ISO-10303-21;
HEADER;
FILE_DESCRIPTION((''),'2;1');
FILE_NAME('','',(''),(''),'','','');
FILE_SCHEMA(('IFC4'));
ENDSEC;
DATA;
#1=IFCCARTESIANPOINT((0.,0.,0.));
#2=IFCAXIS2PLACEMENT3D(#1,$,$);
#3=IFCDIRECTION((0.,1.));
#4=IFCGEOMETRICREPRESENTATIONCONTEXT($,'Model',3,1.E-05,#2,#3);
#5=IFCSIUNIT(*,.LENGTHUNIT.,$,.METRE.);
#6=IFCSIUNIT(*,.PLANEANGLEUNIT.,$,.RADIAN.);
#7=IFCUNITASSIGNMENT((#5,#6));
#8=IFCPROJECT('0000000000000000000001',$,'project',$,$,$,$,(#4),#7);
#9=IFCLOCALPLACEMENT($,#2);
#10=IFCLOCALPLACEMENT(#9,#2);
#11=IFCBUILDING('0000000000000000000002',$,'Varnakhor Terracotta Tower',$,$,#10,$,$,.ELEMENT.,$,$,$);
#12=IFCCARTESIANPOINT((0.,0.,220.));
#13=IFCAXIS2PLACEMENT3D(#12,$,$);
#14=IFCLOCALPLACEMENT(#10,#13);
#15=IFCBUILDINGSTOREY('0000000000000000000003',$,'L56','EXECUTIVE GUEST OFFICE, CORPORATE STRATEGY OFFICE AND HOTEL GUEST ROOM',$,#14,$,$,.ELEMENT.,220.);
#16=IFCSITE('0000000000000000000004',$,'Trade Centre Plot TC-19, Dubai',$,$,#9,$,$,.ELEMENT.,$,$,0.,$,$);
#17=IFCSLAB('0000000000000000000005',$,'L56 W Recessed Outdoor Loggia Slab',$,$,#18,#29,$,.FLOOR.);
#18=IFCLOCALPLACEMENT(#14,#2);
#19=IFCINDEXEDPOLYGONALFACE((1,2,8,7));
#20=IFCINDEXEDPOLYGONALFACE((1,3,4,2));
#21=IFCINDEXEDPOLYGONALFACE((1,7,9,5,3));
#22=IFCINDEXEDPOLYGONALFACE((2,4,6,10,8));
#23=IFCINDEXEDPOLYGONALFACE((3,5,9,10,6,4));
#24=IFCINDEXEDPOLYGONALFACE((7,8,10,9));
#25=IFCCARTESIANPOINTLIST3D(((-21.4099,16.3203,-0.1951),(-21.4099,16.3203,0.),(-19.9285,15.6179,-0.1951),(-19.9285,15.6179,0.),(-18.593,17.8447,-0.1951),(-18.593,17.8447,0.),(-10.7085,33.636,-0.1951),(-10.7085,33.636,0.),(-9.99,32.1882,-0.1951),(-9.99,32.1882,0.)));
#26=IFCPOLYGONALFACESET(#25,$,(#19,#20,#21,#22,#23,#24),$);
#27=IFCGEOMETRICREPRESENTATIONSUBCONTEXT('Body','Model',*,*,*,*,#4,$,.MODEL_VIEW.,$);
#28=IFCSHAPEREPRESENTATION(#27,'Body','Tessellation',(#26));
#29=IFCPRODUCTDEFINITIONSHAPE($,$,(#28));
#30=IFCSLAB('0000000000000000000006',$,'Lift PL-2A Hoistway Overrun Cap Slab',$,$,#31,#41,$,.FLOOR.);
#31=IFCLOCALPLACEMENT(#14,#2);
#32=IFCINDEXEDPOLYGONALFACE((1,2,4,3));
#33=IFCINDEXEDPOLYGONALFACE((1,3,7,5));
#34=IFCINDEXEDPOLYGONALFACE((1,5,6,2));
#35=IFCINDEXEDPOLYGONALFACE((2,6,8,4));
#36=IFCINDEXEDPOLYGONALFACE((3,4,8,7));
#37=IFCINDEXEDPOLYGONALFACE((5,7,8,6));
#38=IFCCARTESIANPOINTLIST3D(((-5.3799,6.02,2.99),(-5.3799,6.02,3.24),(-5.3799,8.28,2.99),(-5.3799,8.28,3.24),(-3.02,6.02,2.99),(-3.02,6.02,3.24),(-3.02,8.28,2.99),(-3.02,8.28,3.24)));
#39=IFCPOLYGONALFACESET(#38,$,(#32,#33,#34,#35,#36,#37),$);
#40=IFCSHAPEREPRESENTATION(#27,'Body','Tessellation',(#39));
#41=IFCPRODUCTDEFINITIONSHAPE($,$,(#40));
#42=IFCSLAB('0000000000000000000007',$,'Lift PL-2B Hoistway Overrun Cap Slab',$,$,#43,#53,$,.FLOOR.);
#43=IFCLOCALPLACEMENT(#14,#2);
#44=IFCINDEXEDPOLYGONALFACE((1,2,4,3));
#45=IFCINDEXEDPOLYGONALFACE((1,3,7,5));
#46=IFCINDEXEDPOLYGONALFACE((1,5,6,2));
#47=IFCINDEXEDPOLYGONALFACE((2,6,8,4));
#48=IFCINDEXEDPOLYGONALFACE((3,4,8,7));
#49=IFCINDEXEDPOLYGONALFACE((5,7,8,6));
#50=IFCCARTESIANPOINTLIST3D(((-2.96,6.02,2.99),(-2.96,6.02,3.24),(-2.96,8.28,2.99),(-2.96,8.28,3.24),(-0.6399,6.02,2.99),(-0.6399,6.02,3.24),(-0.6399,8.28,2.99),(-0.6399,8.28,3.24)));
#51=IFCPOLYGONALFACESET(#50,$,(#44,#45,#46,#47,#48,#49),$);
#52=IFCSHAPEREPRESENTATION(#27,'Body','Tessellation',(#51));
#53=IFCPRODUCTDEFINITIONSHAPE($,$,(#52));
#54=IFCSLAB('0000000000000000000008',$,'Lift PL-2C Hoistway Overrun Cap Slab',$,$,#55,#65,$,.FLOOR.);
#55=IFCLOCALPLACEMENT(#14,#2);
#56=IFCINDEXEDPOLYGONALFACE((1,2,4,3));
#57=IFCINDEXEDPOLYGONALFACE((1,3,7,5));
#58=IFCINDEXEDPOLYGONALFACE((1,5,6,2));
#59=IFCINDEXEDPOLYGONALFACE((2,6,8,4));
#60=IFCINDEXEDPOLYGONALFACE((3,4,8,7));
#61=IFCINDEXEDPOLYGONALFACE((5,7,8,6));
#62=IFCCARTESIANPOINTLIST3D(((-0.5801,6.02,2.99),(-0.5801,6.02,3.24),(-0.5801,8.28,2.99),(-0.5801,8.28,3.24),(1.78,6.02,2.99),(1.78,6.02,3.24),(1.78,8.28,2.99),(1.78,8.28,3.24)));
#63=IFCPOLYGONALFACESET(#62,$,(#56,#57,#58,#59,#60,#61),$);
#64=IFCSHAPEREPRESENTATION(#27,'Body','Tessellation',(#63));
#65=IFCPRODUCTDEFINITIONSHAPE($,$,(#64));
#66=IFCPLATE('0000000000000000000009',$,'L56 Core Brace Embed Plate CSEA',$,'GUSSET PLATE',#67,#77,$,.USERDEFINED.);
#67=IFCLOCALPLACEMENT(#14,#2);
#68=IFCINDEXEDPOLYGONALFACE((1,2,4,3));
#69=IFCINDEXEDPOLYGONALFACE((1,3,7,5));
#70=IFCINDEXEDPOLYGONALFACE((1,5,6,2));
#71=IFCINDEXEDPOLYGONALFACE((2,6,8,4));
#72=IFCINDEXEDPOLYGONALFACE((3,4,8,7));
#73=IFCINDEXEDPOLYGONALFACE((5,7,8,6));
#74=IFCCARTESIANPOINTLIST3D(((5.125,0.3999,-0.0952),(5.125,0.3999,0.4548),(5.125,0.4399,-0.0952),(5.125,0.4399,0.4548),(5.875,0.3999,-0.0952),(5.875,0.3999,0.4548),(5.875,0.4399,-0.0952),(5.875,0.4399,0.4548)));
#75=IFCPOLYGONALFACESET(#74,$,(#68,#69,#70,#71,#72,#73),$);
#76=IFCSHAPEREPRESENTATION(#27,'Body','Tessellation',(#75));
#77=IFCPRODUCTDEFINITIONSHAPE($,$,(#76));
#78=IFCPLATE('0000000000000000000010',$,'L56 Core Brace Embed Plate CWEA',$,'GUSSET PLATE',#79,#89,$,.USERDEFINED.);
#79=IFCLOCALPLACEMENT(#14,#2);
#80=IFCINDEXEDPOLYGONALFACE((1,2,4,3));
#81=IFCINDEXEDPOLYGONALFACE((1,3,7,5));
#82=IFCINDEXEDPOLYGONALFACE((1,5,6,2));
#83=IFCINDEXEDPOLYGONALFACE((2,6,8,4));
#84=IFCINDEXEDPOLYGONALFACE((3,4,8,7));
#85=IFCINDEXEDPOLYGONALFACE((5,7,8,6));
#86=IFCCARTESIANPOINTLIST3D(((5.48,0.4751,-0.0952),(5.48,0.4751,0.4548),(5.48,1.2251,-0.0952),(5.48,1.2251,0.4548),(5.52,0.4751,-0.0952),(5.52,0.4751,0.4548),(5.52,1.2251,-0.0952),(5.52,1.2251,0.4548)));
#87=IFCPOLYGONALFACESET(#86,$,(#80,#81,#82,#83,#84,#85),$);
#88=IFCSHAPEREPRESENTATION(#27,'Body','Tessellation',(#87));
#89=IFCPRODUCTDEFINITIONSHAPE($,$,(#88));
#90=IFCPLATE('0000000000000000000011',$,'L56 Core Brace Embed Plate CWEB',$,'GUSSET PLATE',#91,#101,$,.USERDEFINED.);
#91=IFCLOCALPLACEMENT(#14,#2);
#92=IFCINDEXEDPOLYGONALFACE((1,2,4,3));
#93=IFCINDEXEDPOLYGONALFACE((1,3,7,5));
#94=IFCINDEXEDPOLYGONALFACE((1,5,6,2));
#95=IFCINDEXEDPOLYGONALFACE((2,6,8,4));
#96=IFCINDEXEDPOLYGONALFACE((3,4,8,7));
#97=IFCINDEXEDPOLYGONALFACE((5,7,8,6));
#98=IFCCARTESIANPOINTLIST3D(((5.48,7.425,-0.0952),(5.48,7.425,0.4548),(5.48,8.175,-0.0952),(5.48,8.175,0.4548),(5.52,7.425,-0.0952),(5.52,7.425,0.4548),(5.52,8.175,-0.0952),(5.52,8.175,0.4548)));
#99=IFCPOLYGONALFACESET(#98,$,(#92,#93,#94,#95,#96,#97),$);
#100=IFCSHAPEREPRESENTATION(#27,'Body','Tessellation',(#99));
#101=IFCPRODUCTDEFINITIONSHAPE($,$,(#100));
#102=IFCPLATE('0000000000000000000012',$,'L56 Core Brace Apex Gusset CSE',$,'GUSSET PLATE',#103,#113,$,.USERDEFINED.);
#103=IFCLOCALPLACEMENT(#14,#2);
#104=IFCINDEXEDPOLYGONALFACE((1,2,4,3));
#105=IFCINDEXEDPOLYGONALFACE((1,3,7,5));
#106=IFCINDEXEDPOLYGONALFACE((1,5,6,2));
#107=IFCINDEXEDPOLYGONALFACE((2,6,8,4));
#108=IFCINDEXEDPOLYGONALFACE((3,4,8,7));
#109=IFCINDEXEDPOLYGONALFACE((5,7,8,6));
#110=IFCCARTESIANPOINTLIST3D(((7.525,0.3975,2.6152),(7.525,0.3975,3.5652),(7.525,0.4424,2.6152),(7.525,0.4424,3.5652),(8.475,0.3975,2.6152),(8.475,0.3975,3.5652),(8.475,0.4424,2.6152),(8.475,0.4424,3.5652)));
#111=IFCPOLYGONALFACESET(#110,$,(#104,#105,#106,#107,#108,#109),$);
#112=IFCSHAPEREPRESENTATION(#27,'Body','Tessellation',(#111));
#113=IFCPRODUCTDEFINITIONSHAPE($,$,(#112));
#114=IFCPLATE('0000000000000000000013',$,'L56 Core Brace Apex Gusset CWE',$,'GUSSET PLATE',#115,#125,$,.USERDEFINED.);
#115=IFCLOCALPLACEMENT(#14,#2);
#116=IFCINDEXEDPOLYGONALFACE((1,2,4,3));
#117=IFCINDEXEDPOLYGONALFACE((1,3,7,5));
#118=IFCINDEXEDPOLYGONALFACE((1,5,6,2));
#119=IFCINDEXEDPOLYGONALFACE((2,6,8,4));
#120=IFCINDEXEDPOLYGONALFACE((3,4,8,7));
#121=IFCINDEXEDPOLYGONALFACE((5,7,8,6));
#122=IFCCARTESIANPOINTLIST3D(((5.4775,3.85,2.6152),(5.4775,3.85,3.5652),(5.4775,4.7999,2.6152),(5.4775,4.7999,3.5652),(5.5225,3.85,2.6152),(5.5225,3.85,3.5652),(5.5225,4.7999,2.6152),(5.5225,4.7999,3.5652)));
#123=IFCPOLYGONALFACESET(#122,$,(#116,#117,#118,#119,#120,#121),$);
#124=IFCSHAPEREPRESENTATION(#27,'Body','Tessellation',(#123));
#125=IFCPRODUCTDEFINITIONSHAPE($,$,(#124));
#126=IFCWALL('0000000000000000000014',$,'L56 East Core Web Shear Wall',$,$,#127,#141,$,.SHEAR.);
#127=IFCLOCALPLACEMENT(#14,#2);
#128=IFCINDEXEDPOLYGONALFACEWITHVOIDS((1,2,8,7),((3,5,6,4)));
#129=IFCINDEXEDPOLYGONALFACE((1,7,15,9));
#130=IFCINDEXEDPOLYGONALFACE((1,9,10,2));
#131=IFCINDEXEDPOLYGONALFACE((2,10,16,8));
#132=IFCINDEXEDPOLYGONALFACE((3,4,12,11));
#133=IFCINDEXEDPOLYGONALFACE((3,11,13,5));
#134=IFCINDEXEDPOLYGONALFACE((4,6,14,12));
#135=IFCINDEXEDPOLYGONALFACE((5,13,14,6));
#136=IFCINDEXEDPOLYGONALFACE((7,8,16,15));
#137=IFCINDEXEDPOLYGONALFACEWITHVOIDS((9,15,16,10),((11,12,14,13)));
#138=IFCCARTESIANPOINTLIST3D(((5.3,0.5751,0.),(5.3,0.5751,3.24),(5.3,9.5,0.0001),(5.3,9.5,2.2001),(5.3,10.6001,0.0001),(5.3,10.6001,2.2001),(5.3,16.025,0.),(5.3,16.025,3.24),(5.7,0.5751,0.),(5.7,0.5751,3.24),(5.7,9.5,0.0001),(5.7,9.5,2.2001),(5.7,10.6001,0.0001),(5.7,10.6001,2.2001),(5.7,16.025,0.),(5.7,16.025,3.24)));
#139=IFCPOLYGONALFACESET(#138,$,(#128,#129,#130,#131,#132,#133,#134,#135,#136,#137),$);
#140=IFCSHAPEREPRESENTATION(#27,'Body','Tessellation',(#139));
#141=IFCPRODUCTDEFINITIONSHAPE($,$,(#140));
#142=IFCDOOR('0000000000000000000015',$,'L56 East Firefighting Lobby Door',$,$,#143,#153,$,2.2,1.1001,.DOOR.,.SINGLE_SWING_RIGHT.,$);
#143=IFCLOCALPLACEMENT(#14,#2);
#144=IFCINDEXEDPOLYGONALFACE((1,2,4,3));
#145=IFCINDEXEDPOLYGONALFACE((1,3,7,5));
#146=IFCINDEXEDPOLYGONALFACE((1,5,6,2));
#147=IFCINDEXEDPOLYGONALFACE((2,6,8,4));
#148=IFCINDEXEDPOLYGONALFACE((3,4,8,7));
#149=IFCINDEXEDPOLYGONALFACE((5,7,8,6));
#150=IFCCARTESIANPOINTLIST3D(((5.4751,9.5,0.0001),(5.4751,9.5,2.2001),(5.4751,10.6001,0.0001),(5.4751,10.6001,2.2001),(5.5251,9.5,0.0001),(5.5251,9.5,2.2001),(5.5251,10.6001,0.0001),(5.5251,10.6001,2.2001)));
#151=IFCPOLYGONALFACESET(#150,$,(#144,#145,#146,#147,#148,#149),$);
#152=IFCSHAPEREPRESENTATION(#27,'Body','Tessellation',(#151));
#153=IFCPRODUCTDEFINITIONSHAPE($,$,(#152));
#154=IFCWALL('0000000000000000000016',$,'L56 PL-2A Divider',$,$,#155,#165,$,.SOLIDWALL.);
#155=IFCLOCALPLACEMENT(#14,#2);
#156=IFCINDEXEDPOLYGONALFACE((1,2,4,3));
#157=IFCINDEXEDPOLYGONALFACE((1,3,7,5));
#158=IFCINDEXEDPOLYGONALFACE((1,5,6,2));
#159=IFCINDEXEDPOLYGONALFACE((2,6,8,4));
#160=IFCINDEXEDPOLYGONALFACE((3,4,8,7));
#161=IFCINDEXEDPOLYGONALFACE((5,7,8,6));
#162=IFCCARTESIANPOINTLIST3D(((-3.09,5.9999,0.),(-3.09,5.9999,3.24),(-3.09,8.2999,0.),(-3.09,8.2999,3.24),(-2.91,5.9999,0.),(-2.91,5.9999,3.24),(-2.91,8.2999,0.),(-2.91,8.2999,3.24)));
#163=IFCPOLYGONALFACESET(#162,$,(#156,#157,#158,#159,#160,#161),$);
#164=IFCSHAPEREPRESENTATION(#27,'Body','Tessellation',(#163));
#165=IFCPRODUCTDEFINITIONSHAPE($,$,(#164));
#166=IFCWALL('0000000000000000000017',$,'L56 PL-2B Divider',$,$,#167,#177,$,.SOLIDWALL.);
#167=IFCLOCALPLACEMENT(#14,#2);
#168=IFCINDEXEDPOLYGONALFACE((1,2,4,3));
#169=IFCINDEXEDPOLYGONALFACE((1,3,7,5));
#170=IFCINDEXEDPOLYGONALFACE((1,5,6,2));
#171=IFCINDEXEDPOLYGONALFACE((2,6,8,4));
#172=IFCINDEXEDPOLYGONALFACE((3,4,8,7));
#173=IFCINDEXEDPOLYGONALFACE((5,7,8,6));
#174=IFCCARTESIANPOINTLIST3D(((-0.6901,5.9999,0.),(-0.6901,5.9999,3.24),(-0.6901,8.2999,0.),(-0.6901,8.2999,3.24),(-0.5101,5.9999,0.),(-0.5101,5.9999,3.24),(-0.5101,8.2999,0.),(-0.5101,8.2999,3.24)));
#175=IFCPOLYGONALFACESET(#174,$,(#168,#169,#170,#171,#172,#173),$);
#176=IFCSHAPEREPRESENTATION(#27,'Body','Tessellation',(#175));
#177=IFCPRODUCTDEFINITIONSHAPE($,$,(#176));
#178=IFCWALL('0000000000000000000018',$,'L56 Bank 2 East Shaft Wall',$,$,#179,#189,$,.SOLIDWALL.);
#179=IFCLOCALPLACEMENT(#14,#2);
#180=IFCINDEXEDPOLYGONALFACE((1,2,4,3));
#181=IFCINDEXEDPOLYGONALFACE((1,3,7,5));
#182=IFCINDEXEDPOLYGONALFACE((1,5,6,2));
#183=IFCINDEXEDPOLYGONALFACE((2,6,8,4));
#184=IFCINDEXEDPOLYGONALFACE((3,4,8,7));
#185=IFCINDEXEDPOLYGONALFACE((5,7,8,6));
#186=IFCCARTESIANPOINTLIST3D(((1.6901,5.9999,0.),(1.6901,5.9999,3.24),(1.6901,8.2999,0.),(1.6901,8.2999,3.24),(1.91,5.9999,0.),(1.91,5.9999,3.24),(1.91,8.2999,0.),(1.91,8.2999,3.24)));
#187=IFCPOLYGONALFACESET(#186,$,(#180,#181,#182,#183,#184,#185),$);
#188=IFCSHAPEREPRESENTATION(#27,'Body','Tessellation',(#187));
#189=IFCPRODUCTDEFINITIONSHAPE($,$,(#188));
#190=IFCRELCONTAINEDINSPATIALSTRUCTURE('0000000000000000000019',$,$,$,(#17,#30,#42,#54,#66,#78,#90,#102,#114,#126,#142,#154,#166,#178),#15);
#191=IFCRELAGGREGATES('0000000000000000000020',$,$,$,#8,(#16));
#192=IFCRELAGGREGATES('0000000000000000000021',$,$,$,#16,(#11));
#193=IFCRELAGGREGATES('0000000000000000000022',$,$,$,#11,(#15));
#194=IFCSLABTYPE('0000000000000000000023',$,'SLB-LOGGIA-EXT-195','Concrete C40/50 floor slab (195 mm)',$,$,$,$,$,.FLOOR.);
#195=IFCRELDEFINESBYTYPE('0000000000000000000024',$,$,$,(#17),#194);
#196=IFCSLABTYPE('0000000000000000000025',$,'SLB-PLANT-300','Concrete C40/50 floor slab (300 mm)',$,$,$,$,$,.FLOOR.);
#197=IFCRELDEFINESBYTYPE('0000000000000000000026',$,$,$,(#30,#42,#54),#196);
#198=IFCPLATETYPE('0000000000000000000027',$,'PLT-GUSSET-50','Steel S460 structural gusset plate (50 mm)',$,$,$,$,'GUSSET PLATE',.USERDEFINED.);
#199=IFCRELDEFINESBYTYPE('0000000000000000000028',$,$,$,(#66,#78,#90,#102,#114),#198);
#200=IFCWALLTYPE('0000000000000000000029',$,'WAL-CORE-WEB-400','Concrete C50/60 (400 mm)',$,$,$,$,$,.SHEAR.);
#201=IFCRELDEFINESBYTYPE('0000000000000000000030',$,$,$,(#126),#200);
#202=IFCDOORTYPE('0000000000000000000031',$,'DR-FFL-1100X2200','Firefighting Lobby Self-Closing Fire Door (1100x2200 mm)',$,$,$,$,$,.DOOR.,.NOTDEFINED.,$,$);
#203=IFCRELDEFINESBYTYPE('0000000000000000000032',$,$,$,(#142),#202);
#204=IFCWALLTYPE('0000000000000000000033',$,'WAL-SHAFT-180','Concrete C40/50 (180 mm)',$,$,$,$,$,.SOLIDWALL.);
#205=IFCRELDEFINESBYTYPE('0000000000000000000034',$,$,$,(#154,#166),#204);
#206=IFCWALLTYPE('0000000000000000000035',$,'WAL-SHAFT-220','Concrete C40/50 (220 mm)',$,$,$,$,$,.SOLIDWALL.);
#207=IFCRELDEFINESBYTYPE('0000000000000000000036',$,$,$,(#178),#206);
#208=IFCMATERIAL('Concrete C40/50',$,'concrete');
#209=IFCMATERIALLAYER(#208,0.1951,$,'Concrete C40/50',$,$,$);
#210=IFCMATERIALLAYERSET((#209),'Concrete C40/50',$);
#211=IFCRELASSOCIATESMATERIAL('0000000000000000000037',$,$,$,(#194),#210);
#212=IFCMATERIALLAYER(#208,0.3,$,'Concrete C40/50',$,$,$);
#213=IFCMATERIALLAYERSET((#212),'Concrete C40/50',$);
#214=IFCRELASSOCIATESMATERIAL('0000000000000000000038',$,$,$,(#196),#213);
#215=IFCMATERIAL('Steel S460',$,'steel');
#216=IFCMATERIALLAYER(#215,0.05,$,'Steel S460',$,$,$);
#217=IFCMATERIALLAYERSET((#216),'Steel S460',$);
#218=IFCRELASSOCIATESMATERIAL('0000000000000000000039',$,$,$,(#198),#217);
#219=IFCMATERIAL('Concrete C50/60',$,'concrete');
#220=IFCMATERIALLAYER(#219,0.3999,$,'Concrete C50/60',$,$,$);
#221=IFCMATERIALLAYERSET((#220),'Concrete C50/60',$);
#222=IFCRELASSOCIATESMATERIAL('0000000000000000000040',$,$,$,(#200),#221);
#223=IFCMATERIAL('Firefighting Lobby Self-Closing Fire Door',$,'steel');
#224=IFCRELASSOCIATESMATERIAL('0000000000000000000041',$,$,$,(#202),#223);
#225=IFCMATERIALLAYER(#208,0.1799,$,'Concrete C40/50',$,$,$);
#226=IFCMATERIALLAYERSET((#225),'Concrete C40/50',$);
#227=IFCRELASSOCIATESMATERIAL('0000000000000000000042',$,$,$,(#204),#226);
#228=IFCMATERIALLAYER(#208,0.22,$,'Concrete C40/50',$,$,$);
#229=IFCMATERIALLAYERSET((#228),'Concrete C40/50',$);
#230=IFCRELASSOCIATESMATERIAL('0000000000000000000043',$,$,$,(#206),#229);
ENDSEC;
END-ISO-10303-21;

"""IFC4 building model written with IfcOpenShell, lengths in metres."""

from ifc_helpers import new_model, si_unit, direction, frame, frame_2d, origin, origin_2d, place, context, subcontext, project, spatial, polyline, rectangle, outline, extrude, source, transform, mapped, material, layer, layer_set, type_object, type_shapes, element, fill, save


model = new_model("IFC4")

# Units and contexts
model_context = context("Model", 3, precision=1e-05, world=origin(), true_north=direction((0.0, 1.0)))
body_context = subcontext(model_context, "Body", "Model", "MODEL_VIEW")
ifc_project = project(units=[si_unit("LENGTHUNIT", "METRE"), si_unit("PLANEANGLEUNIT", "RADIAN")], contexts=[model_context])

# Site, building, storey
site_placement = place(None, origin())
site = spatial("IfcSite", under=ifc_project, at=site_placement, Name="Trade Centre Plot TC-19, Dubai", CompositionType="ELEMENT", RefElevation=0.0)
building_placement = place(site_placement, origin())
building = spatial("IfcBuilding", under=site, at=building_placement, Name="Varnakhor Terracotta Tower", CompositionType="ELEMENT")
storey_placement = place(building_placement, frame((0.0, 0.0, 220.0)))
storey = spatial("IfcBuildingStorey", under=building, at=storey_placement, Name="L56", Description="EXECUTIVE GUEST OFFICE, CORPORATE STRATEGY OFFICE AND HOTEL GUEST ROOM", CompositionType="ELEMENT", Elevation=220.0)

# Shared definitions
ifc_material_1 = material(Name="Concrete C50/60", Category="concrete")

# Shared definitions
ifc_material_2 = material(Name="Concrete C40/50", Category="concrete")

# Slabs
ifc_layer_1 = layer(ifc_material_2, 0.1951, Name="Concrete C40/50")
ifc_layer_set_1 = layer_set([ifc_layer_1], Name="Concrete C40/50")
slab_type_1 = type_object("IfcSlabType", Name="SLB-LOGGIA-EXT-195", Description="Concrete C40/50 floor slab (195 mm)", PredefinedType="FLOOR", material=ifc_layer_set_1)
slab_1_placement = place(storey_placement, frame((0.0, 0.0, -0.1951)))
element("IfcSlab", 1, at=slab_1_placement, inside=storey, type_object=slab_type_1, Name="L56 W Recessed Outdoor Loggia Slab", PredefinedType="FLOOR", context=body_context, shape_type="SweptSolid", body=[
    extrude(outline(polyline([(-21.4099, 16.3203), (-10.7085, 33.636), (-9.99, 32.1882), (-18.593, 17.8447), (-19.9285, 15.6179), (-21.4099, 16.3203)])), origin(), (0.0, 0.0, 1.0), 0.1951),
])
ifc_layer_2 = layer(ifc_material_2, 0.3, Name="Concrete C40/50")
ifc_layer_set_2 = layer_set([ifc_layer_2], Name="Concrete C40/50")
slab_type_2 = type_object("IfcSlabType", Name="SLB-PLANT-300", Description="Concrete C40/50 floor slab (300 mm)", PredefinedType="FLOOR", material=ifc_layer_set_2)
slab_2_placement = place(storey_placement, frame((0.0, 0.0, 2.99)))
element("IfcSlab", 2, at=slab_2_placement, inside=storey, type_object=slab_type_2, Name="Lift PL-2A Hoistway Overrun Cap Slab", PredefinedType="FLOOR", context=body_context, shape_type="SweptSolid", body=[
    extrude(outline(polyline([(-5.3799, 6.02), (-3.02, 6.02), (-3.02, 8.28), (-5.3799, 8.28), (-5.3799, 6.02)])), origin(), (0.0, 0.0, 1.0), 0.25),
])
slab_3_placement = place(storey_placement, frame((0.0, 0.0, 2.99)))
element("IfcSlab", 3, at=slab_3_placement, inside=storey, type_object=slab_type_2, Name="Lift PL-2B Hoistway Overrun Cap Slab", PredefinedType="FLOOR", context=body_context, shape_type="SweptSolid", body=[
    extrude(outline(polyline([(-2.96, 6.02), (-0.6399, 6.02), (-0.6399, 8.28), (-2.96, 8.28), (-2.96, 6.02)])), origin(), (0.0, 0.0, 1.0), 0.25),
])
slab_4_placement = place(storey_placement, frame((0.0, 0.0, 2.99)))
element("IfcSlab", 4, at=slab_4_placement, inside=storey, type_object=slab_type_2, Name="Lift PL-2C Hoistway Overrun Cap Slab", PredefinedType="FLOOR", context=body_context, shape_type="SweptSolid", body=[
    extrude(outline(polyline([(-0.5801, 6.02), (1.78, 6.02), (1.78, 8.28), (-0.5801, 8.28), (-0.5801, 6.02)])), origin(), (0.0, 0.0, 1.0), 0.25),
])

# Plates
ifc_material_3 = material(Name="Steel S460", Category="steel")
ifc_layer_3 = layer(ifc_material_3, 0.05, Name="Steel S460")
ifc_layer_set_3 = layer_set([ifc_layer_3], Name="Steel S460")
plate_type = type_object("IfcPlateType", Name="PLT-GUSSET-50", Description="Steel S460 structural gusset plate (50 mm)", ElementType="GUSSET PLATE", PredefinedType="USERDEFINED", material=ifc_layer_set_3)
shared_shape_1 = source(origin(), body_context, "Body", "SweptSolid", [
    extrude(rectangle(XDim=0.75, YDim=0.04, at=origin_2d()), origin(), (0.0, 0.0, 1.0), 0.55),
])
type_shapes(plate_type, [shared_shape_1])
for number, where, z_axis, x_axis, name in (
    (5, (5.5, 0.4199, -0.0952), (0.0, 0.0, 1.0), (1.0, 0.0, 0.0), "L56 Core Brace Embed Plate CSEA"),
    (6, (5.5, 0.8501, -0.0952), (0.0, 0.0, 1.0), (0.0, 1.0, 0.0), "L56 Core Brace Embed Plate CWEA"),
    (7, (5.5, 7.8, -0.0952), (0.0, 0.0, 1.0), (0.0, 1.0, 0.0), "L56 Core Brace Embed Plate CWEB"),
):
    element("IfcPlate", number, at=place(storey_placement, frame(where, z_axis=z_axis, x_axis=x_axis)), inside=storey, type_object=plate_type, Name=name, ObjectType="GUSSET PLATE", PredefinedType="USERDEFINED", context=body_context, shape_type="MappedRepresentation", body=[
        mapped(shared_shape_1, transform((0.0, 0.0, 0.0), scale=1.0)),
    ])
shared_shape_2 = source(origin(), body_context, "Body", "SweptSolid", [
    extrude(rectangle(XDim=0.95, YDim=0.0449, at=origin_2d()), origin(), (0.0, 0.0, 1.0), 0.95),
])
for number, where, z_axis, x_axis, name in (
    (8, (8.0, 0.4199, 2.6152), (0.0, 0.0, 1.0), (1.0, 0.0, 0.0), "L56 Core Brace Apex Gusset CSE"),
    (9, (5.5, 4.325, 2.6152), (0.0, 0.0, 1.0), (0.0, 1.0, 0.0), "L56 Core Brace Apex Gusset CWE"),
):
    element("IfcPlate", number, at=place(storey_placement, frame(where, z_axis=z_axis, x_axis=x_axis)), inside=storey, type_object=plate_type, Name=name, ObjectType="GUSSET PLATE", PredefinedType="USERDEFINED", context=body_context, shape_type="MappedRepresentation", body=[
        mapped(shared_shape_2, transform((0.0, 0.0, 0.0), scale=1.0)),
    ])

# Wall, opening, door
ifc_layer_4 = layer(ifc_material_1, 0.3999, Name="Concrete C50/60")
ifc_layer_set_4 = layer_set([ifc_layer_4], Name="Concrete C50/60")
wall_type_1 = type_object("IfcWallType", Name="WAL-CORE-WEB-400", Description="Concrete C50/60 (400 mm)", PredefinedType="SHEAR", material=ifc_layer_set_4)
wall_1_placement = place(storey_placement, frame((5.5, 0.575, 0.0), z_axis=(0.0, 0.0, 1.0), x_axis=(0.0, 1.0, 0.0)))
wall_1 = element("IfcWall", 10, at=wall_1_placement, inside=storey, type_object=wall_type_1, Name="L56 East Core Web Shear Wall", PredefinedType="SHEAR", context=body_context, shape_type="SweptSolid", body=[
    extrude(rectangle(XDim=15.45, YDim=0.3999, at=frame_2d((7.7251, 0.0))), origin(), (0.0, 0.0, 1.0), 3.24),
])
opening_1_placement = place(wall_1_placement, frame((8.925, 0.0, 0.0)))
opening_1 = element("IfcOpeningElement", 11, at=opening_1_placement, cuts=wall_1, PredefinedType="OPENING", context=body_context, shape_type="SweptSolid", body=[
    extrude(rectangle(XDim=1.1001, YDim=2.2, at=frame_2d((0.55, 1.1001))), frame((0.0, 0.21, 0.0), z_axis=(0.0, -1.0, 0.0), x_axis=(1.0, 0.0, 0.0)), (0.0, 0.0, 1.0), 0.4199),
])
ifc_material_4 = material(Name="Firefighting Lobby Self-Closing Fire Door", Category="steel")
door_type_1 = type_object("IfcDoorType", Name="DR-FFL-1100X2200", Description="Firefighting Lobby Self-Closing Fire Door (1100x2200 mm)", OperationType="NOTDEFINED", PredefinedType="DOOR", material=ifc_material_4)
shared_shape_3 = source(origin(), body_context, "Body", "SweptSolid", [
    extrude(rectangle(XDim=1.1001, YDim=2.2, at=frame_2d((0.55, 1.1001))), frame((0.0, 0.0249, 0.0), z_axis=(0.0, -1.0, 0.0), x_axis=(1.0, 0.0, 0.0)), (0.0, 0.0, 1.0), 0.05),
])
type_shapes(door_type_1, [shared_shape_3])
door_1_placement = place(opening_1_placement, origin())
door_1 = element("IfcDoor", 12, at=door_1_placement, inside=storey, type_object=door_type_1, Name="L56 East Firefighting Lobby Door", OperationType="SINGLE_SWING_RIGHT", OverallHeight=2.2, OverallWidth=1.1001, PredefinedType="DOOR", context=body_context, shape_type="MappedRepresentation", body=[
    mapped(shared_shape_3, transform((0.0, 0.0, 0.0), scale=1.0)),
])
fill(opening_1, door_1)

# Walls
ifc_layer_5 = layer(ifc_material_2, 0.1799, Name="Concrete C40/50")
ifc_layer_set_5 = layer_set([ifc_layer_5], Name="Concrete C40/50")
wall_type_2 = type_object("IfcWallType", Name="WAL-SHAFT-180", Description="Concrete C40/50 (180 mm)", PredefinedType="SOLIDWALL", material=ifc_layer_set_5)
for number, where, z_axis, x_axis, name in (
    (13, (-3.0, 6.0, 0.0), (0.0, 0.0, 1.0), (0.0, 1.0, 0.0), "L56 PL-2A Divider"),
    (14, (-0.6001, 6.0, 0.0), (0.0, 0.0, 1.0), (0.0, 1.0, 0.0), "L56 PL-2B Divider"),
):
    element("IfcWall", number, at=place(storey_placement, frame(where, z_axis=z_axis, x_axis=x_axis)), inside=storey, type_object=wall_type_2, Name=name, PredefinedType="SOLIDWALL", context=body_context, shape_type="SweptSolid", body=[
        extrude(rectangle(XDim=2.3, YDim=0.1799, at=frame_2d((1.1499, 0.0))), origin(), (0.0, 0.0, 1.0), 3.24),
    ])
ifc_layer_6 = layer(ifc_material_2, 0.22, Name="Concrete C40/50")
ifc_layer_set_6 = layer_set([ifc_layer_6], Name="Concrete C40/50")
wall_type_3 = type_object("IfcWallType", Name="WAL-SHAFT-220", Description="Concrete C40/50 (220 mm)", PredefinedType="SOLIDWALL", material=ifc_layer_set_6)
wall_2_placement = place(storey_placement, frame((1.8, 6.0, 0.0), z_axis=(0.0, 0.0, 1.0), x_axis=(0.0, 1.0, 0.0)))
element("IfcWall", 15, at=wall_2_placement, inside=storey, type_object=wall_type_3, Name="L56 Bank 2 East Shaft Wall", PredefinedType="SOLIDWALL", context=body_context, shape_type="SweptSolid", body=[
    extrude(rectangle(XDim=2.3, YDim=0.22, at=frame_2d((1.1499, 0.0))), origin(), (0.0, 0.0, 1.0), 3.24),
])

save(model, "model.ifc")
